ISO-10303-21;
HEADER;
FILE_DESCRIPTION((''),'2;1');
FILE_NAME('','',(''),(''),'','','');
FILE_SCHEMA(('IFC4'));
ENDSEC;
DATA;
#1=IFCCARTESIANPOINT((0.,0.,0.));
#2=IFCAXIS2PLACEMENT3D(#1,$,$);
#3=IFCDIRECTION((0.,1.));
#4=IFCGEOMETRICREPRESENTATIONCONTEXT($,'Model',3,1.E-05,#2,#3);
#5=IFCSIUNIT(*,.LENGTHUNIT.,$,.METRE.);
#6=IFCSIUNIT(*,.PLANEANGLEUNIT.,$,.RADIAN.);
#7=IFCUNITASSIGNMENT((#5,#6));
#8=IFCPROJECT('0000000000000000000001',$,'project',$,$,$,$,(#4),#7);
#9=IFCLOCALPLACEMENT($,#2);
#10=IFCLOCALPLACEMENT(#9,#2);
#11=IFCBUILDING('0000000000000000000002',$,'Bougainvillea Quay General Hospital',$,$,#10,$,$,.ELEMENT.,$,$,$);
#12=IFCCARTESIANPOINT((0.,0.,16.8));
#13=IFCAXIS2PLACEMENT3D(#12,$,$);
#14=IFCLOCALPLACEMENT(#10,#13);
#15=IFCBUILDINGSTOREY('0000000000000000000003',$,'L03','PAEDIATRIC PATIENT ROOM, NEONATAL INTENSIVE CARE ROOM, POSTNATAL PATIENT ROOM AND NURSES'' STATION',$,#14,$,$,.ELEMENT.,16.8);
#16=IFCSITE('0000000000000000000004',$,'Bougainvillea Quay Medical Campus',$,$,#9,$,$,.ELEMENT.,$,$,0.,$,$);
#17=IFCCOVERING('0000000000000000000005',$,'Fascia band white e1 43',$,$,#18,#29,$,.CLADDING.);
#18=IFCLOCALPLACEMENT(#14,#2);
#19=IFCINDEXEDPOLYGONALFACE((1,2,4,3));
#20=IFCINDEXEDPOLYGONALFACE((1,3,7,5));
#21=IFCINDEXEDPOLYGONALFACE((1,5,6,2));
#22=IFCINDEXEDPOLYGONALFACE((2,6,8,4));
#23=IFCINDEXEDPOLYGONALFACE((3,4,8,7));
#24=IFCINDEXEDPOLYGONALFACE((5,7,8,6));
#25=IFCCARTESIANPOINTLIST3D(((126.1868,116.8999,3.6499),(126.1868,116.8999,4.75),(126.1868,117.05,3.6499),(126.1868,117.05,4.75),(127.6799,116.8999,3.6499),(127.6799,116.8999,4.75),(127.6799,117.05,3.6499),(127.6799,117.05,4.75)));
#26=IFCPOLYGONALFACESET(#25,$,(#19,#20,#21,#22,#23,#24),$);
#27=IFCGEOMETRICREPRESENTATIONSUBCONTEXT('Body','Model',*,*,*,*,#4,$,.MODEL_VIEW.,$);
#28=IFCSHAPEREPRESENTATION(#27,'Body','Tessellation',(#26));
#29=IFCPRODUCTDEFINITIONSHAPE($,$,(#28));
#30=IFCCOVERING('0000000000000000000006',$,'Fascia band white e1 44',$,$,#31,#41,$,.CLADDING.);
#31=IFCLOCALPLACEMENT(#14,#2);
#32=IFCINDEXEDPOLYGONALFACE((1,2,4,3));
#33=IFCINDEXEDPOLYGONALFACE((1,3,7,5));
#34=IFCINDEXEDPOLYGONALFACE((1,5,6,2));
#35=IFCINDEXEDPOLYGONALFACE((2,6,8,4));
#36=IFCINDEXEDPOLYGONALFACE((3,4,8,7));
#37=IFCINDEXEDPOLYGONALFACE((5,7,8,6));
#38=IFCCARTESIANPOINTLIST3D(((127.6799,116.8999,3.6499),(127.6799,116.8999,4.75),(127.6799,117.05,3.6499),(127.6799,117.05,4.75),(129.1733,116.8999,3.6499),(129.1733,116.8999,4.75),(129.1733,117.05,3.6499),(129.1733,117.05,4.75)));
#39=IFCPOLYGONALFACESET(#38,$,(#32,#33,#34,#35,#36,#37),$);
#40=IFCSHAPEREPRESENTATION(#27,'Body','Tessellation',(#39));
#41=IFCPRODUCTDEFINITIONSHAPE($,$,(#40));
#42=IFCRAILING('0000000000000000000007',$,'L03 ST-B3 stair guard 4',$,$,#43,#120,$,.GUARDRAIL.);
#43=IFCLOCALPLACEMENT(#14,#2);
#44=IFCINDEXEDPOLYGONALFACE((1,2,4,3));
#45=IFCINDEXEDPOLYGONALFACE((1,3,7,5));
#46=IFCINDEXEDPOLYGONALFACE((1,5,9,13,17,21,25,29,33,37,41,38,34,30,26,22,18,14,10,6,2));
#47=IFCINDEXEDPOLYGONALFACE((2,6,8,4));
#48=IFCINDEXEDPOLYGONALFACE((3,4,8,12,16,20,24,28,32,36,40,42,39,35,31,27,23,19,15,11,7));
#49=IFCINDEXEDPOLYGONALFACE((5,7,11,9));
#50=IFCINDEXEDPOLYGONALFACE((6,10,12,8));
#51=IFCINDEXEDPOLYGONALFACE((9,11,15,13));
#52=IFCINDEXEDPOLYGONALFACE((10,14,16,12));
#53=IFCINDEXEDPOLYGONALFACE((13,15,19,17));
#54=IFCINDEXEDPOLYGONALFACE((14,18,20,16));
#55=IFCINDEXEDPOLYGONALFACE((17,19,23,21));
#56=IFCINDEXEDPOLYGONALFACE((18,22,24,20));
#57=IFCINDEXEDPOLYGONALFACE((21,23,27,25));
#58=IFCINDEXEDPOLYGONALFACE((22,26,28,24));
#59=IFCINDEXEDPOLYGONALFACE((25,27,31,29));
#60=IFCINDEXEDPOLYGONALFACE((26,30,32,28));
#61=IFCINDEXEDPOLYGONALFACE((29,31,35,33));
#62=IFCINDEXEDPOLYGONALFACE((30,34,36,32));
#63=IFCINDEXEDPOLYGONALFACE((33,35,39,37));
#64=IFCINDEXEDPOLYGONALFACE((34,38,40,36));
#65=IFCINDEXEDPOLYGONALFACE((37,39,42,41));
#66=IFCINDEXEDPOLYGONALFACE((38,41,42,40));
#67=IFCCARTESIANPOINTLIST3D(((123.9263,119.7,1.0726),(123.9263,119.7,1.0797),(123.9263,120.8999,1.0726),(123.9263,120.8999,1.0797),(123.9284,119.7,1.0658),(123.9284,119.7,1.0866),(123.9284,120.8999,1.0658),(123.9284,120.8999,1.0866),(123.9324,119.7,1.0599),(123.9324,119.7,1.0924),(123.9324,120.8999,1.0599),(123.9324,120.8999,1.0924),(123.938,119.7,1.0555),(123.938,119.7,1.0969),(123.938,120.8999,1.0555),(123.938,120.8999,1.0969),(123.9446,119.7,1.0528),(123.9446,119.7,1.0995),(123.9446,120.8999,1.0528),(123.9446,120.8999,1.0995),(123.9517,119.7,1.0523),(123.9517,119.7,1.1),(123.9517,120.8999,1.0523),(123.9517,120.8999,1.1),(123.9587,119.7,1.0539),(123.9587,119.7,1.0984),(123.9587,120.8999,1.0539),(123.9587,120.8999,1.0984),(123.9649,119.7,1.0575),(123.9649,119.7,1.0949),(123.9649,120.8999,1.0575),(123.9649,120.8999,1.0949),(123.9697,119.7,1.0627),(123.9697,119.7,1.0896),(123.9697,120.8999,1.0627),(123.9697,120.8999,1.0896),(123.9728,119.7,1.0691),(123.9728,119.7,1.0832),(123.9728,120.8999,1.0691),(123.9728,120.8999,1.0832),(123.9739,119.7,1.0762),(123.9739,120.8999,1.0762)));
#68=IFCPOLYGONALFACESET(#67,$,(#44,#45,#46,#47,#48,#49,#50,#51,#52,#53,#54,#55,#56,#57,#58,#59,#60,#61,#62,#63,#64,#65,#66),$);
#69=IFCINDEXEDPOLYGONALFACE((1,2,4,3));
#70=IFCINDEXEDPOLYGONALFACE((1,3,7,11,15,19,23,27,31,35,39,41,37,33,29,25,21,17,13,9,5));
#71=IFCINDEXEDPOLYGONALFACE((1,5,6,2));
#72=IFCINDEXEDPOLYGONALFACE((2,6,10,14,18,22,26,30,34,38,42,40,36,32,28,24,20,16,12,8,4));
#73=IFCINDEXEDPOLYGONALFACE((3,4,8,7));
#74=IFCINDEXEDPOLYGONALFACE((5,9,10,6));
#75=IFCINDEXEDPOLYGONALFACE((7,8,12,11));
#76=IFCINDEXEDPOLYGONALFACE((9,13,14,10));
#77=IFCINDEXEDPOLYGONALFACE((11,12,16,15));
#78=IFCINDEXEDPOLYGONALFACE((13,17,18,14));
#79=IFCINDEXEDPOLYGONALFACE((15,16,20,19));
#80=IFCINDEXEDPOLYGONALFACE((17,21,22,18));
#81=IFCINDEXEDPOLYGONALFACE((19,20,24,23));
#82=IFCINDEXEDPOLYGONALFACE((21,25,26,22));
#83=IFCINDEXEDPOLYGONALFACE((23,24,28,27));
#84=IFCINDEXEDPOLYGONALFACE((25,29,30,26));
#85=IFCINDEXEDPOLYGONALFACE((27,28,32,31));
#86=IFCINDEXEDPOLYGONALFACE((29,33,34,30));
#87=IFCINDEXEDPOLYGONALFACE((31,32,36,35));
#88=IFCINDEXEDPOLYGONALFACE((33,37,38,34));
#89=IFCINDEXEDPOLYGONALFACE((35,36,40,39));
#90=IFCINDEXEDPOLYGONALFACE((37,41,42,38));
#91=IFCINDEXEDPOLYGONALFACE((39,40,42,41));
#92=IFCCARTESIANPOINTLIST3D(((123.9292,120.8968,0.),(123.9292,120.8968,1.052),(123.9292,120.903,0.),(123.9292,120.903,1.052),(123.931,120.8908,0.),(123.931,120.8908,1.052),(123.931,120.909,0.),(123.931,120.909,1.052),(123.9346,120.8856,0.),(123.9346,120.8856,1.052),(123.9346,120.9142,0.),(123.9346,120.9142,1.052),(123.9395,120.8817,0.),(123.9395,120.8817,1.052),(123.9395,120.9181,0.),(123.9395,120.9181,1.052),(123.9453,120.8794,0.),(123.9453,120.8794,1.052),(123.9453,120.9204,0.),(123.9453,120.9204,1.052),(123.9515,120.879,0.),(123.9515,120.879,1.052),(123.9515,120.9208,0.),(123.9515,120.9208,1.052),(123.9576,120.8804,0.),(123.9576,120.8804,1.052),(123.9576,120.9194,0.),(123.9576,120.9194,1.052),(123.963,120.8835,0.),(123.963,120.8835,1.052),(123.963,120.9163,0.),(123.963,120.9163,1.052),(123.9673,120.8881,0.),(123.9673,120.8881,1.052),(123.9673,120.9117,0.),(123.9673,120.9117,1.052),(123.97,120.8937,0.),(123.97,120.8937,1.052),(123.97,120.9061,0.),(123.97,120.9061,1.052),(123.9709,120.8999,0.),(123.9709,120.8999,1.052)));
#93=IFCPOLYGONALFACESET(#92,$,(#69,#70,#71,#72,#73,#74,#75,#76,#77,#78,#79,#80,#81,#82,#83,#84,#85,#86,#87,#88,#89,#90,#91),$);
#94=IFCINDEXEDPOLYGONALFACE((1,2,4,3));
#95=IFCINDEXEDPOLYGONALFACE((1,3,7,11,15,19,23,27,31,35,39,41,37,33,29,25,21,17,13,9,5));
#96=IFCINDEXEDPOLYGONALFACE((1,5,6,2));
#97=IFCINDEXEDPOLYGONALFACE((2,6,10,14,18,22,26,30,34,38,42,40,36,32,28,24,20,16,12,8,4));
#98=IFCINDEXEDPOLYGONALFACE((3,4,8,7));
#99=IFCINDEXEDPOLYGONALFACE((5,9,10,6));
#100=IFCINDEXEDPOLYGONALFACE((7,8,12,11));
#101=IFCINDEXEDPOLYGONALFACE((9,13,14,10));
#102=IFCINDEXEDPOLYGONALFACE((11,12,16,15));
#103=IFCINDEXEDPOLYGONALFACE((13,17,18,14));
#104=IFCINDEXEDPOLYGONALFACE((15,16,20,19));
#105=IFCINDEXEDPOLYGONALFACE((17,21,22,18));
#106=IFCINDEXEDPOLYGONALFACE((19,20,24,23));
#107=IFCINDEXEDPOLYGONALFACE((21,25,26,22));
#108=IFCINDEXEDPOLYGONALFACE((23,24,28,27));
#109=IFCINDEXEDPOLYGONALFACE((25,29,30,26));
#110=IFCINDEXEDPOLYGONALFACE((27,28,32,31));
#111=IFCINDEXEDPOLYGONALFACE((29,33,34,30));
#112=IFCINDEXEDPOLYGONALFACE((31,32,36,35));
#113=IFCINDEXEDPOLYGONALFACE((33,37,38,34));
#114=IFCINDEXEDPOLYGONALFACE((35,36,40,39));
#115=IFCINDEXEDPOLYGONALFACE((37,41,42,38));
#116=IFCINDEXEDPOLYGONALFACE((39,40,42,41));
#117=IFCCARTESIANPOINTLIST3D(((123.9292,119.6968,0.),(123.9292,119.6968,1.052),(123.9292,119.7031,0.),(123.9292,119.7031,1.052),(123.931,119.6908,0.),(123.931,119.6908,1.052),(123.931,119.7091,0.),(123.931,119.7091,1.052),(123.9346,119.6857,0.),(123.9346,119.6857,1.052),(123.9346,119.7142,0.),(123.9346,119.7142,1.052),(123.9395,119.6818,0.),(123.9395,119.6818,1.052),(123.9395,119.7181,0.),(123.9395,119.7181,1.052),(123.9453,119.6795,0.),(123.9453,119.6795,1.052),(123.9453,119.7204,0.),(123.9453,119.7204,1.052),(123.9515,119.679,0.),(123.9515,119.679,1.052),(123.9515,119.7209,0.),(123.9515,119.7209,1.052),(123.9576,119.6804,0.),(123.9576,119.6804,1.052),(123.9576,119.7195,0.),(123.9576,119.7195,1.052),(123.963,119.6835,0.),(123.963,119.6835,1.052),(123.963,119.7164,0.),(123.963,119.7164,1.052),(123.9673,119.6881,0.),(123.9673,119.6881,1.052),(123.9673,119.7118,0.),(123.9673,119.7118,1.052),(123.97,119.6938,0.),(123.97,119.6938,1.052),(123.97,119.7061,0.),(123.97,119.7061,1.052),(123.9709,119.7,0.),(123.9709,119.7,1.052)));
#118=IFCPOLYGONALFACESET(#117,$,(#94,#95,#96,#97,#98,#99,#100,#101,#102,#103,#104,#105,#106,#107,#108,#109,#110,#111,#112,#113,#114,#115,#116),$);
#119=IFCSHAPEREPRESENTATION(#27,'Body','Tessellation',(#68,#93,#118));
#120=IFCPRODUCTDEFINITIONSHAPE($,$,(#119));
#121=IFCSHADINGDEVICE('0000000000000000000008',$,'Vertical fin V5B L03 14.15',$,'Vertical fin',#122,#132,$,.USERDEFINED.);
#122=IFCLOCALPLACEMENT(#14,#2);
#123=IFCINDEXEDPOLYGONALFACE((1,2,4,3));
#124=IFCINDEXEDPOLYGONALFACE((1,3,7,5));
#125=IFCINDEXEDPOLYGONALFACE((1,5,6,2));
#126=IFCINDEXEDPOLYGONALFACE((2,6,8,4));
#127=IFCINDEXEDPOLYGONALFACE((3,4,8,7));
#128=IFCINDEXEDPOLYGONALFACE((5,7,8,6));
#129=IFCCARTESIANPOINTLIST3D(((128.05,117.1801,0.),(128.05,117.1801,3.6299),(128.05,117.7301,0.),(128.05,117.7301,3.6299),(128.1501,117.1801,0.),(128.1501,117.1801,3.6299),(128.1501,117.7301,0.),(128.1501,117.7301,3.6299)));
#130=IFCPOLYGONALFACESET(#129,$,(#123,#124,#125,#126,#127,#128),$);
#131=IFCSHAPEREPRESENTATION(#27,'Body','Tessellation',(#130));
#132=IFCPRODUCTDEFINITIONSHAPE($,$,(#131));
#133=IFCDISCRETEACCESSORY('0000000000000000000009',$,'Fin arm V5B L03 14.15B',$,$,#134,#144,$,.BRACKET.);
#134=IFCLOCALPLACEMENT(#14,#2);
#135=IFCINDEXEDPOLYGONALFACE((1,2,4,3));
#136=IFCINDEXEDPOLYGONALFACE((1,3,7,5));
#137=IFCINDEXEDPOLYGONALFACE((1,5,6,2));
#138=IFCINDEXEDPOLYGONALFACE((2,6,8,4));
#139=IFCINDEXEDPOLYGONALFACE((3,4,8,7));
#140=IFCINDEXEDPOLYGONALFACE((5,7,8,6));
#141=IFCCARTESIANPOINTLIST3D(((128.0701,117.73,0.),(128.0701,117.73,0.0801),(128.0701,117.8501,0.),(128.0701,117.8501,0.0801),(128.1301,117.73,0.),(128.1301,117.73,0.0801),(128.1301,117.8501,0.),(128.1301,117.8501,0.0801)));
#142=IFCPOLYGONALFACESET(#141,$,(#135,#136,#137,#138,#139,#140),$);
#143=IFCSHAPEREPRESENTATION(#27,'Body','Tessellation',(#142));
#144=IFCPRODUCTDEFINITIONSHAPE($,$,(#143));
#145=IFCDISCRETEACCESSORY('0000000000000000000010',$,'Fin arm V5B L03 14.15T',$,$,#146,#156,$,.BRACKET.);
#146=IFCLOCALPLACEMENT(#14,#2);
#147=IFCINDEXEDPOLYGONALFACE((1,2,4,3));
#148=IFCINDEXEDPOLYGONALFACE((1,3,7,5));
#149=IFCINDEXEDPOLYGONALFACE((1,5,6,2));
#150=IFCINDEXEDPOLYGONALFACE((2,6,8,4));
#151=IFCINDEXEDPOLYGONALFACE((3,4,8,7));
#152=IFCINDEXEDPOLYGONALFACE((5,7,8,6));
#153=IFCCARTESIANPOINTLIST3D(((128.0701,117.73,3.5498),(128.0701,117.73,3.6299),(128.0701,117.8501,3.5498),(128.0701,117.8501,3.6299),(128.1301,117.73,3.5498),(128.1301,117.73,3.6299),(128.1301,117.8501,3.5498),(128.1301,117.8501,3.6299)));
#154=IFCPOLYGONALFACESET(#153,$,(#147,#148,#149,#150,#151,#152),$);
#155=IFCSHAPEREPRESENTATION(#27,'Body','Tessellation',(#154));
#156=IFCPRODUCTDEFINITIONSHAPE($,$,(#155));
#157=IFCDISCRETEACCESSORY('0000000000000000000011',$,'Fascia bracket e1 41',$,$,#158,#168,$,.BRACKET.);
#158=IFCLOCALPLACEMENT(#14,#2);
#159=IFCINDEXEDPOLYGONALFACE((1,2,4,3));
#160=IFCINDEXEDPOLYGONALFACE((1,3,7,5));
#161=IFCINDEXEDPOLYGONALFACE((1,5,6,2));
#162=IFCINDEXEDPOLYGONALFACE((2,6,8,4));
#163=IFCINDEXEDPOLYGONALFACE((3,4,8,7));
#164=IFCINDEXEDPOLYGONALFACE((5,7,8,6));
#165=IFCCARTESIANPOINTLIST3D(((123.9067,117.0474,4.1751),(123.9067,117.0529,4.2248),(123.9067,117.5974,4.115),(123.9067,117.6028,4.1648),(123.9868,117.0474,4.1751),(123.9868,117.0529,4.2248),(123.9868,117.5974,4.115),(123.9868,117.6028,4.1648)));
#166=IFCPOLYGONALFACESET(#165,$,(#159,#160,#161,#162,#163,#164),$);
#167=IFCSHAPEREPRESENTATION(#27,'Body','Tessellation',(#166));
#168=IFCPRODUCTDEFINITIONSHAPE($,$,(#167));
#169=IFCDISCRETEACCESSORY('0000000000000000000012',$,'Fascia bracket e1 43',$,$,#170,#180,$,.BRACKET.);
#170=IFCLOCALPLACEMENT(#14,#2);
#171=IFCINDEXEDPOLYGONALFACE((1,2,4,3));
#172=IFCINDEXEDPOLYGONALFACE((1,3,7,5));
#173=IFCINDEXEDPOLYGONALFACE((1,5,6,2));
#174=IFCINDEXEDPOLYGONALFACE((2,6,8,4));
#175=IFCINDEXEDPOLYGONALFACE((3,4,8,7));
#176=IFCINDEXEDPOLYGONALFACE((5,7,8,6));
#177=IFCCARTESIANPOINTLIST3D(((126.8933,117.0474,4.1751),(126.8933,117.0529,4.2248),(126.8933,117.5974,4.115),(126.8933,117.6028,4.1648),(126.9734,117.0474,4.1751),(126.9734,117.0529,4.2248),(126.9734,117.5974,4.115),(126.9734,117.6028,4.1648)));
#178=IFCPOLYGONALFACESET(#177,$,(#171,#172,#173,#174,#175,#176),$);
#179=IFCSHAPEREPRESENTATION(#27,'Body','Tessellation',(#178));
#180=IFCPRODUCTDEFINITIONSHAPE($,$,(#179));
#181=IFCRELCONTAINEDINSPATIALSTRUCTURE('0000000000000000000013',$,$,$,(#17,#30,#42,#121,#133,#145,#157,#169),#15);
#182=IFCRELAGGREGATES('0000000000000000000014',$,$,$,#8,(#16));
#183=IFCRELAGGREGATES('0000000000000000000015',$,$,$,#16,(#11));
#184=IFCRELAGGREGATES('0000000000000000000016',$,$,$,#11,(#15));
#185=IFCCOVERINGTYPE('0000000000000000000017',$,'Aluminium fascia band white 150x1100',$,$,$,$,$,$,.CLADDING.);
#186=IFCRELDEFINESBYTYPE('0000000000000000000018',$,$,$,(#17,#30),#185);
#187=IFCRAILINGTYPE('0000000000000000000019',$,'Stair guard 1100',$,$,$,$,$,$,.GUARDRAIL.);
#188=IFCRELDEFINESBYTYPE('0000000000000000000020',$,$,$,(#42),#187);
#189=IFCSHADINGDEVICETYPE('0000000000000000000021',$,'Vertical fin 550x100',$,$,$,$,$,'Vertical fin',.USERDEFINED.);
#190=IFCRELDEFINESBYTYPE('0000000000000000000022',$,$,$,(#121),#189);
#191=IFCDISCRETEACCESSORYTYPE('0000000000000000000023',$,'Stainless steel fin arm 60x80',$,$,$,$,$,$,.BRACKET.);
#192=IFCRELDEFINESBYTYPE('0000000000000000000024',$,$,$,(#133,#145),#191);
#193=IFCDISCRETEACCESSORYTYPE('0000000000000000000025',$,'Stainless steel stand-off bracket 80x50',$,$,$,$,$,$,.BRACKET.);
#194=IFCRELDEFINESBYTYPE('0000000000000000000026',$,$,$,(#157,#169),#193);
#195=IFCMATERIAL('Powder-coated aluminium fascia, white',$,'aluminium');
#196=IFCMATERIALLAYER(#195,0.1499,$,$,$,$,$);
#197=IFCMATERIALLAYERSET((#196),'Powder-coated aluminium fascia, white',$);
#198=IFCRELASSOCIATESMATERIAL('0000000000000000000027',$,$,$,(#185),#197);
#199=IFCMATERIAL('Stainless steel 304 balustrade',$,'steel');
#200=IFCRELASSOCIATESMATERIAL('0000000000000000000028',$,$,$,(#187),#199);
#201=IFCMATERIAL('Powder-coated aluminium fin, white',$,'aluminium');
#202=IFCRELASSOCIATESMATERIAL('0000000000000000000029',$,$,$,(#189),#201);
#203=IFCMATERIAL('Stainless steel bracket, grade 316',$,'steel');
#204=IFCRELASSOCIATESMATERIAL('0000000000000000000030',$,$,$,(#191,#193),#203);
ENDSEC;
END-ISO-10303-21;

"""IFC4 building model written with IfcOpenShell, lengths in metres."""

from ifc_helpers import new_model, si_unit, direction, frame, origin, origin_2d, place, context, subcontext, project, spatial, polyline, rectangle, circle, outline, extrude, material, layer, layer_set, material_profile, profile_set, type_object, element, save


model = new_model("IFC4")

# Units and contexts
model_context = context("Model", 3, precision=1e-05, world=origin(), true_north=direction((0.0, 1.0)))
body_context = subcontext(model_context, "Body", "Model", "MODEL_VIEW")
ifc_project = project(units=[si_unit("LENGTHUNIT", "METRE"), si_unit("PLANEANGLEUNIT", "RADIAN")], contexts=[model_context])

# Site, building, storey
site_placement = place(None, origin())
site = spatial("IfcSite", under=ifc_project, at=site_placement, Name="Bougainvillea Quay Medical Campus", CompositionType="ELEMENT", RefElevation=0.0)
building_placement = place(site_placement, origin())
building = spatial("IfcBuilding", under=site, at=building_placement, Name="Bougainvillea Quay General Hospital", CompositionType="ELEMENT")
storey_placement = place(building_placement, frame((0.0, 0.0, 16.8)))
storey = spatial("IfcBuildingStorey", under=building, at=storey_placement, Name="L03", Description="PAEDIATRIC PATIENT ROOM, NEONATAL INTENSIVE CARE ROOM, POSTNATAL PATIENT ROOM AND NURSES' STATION", CompositionType="ELEMENT", Elevation=16.8)

# Coverings
ifc_material_1 = material(Name="Powder-coated aluminium fascia, white", Category="aluminium")
ifc_layer_1 = layer(ifc_material_1, 0.1499)
ifc_layer_set_1 = layer_set([ifc_layer_1], Name="Powder-coated aluminium fascia, white")
covering_type = type_object("IfcCoveringType", Name="Aluminium fascia band white 150x1100", PredefinedType="CLADDING", material=ifc_layer_set_1)
covering_1_placement = place(storey_placement, frame((126.1868, 117.05, 3.6499), z_axis=(0.0, 0.0, 1.0), x_axis=(1.0, 0.0, 0.0)))
element("IfcCovering", 1, at=covering_1_placement, inside=storey, type_object=covering_type, Name="Fascia band white e1 43", PredefinedType="CLADDING", context=body_context, shape_type="SweptSolid", body=[
    extrude(outline(polyline([(0.0, 0.0), (1.4932, 0.0), (1.4932, -0.1501), (0.0, -0.1501), (0.0, 0.0)])), origin(), (0.0, 0.0, 1.0), 1.1001),
])
covering_2_placement = place(storey_placement, frame((127.6799, 117.05, 3.6499), z_axis=(0.0, 0.0, 1.0), x_axis=(1.0, 0.0, 0.0)))
element("IfcCovering", 2, at=covering_2_placement, inside=storey, type_object=covering_type, Name="Fascia band white e1 44", PredefinedType="CLADDING", context=body_context, shape_type="SweptSolid", body=[
    extrude(outline(polyline([(0.0, 0.0), (1.4934, 0.0), (1.4934, -0.1501), (0.0, -0.1501), (0.0, 0.0)])), origin(), (0.0, 0.0, 1.0), 1.1001),
])

# Railing
ifc_material_2 = material(Name="Stainless steel 304 balustrade", Category="steel")
railing_type = type_object("IfcRailingType", Name="Stair guard 1100", PredefinedType="GUARDRAIL", material=ifc_material_2)
railing_placement = place(storey_placement, frame((123.95, 120.8999, 0.0)))
element("IfcRailing", 3, at=railing_placement, inside=storey, type_object=railing_type, Name="L03 ST-B3 stair guard 4", PredefinedType="GUARDRAIL", context=body_context, shape_type="SweptSolid", body=[
    extrude(circle(Radius=0.0239, at=origin_2d()), frame((0.0, 0.0, 1.0762), z_axis=(0.0, -1.0, 0.0), x_axis=(1.0, 0.0, 0.0)), (0.0, 0.0, 1.0), 1.2),
    extrude(circle(Radius=0.021, at=origin_2d()), origin(), (0.0, 0.0, 1.0), 1.052),
    extrude(circle(Radius=0.021, at=origin_2d()), frame((0.0, -1.2, 0.0)), (0.0, 0.0, 1.0), 1.052),
])

# Shading device
ifc_material_3 = material(Name="Powder-coated aluminium fin, white", Category="aluminium")
ifc_material_profile_1 = material_profile(ifc_material_3, rectangle(XDim=0.55, YDim=0.1001, at=origin_2d()))
ifc_profile_set_1 = profile_set([ifc_material_profile_1], Name="Powder-coated aluminium fin, white")
shading_device_type = type_object("IfcShadingDeviceType", Name="Vertical fin 550x100", ElementType="Vertical fin", PredefinedType="USERDEFINED", material=ifc_profile_set_1)
shading_device_placement = place(storey_placement, frame((128.1001, 117.4551, 0.0), z_axis=(0.0, 0.0, 1.0), x_axis=(0.0, -1.0, 0.0)))
element("IfcShadingDevice", 4, at=shading_device_placement, inside=storey, type_object=shading_device_type, Name="Vertical fin V5B L03 14.15", ObjectType="Vertical fin", PredefinedType="USERDEFINED", context=body_context, shape_type="SweptSolid", body=[
    extrude(rectangle(XDim=0.55, YDim=0.1001, at=origin_2d()), origin(), (0.0, 0.0, 1.0), 3.6299),
])

# Discrete accessories
ifc_material_4 = material(Name="Stainless steel bracket, grade 316", Category="steel")
discrete_accessory_type_1 = type_object("IfcDiscreteAccessoryType", Name="Stainless steel fin arm 60x80", PredefinedType="BRACKET", material=ifc_material_4)
for number, where, z_axis, x_axis, name in (
    (5, (128.1001, 117.79, 0.0), (0.0, 0.0, 1.0), (0.0, -1.0, 0.0), "Fin arm V5B L03 14.15B"),
    (6, (128.1001, 117.79, 3.5498), (0.0, 0.0, 1.0), (0.0, -1.0, 0.0), "Fin arm V5B L03 14.15T"),
):
    element("IfcDiscreteAccessory", number, at=place(storey_placement, frame(where, z_axis=z_axis, x_axis=x_axis)), inside=storey, type_object=discrete_accessory_type_1, Name=name, PredefinedType="BRACKET", context=body_context, shape_type="SweptSolid", body=[
        extrude(rectangle(XDim=0.1201, YDim=0.0601, at=origin_2d()), origin(), (0.0, 0.0, 1.0), 0.0801),
    ])
ifc_material_profile_2 = material_profile(ifc_material_4, rectangle(XDim=0.0801, YDim=0.05, at=origin_2d()))
ifc_profile_set_2 = profile_set([ifc_material_profile_2], Name="Stainless steel bracket, grade 316")
discrete_accessory_type_2 = type_object("IfcDiscreteAccessoryType", Name="Stainless steel stand-off bracket 80x50", PredefinedType="BRACKET", material=ifc_profile_set_2)
for number, where, z_axis, x_axis, name in (
    (7, (123.9468, 117.6001, 4.1399), (0.0, -0.994092, 0.108543), (1.0, 0.0, 0.0), "Fascia bracket e1 41"),
    (8, (126.9333, 117.6001, 4.1399), (0.0, -0.994092, 0.108543), (1.0, 0.0, 0.0), "Fascia bracket e1 43"),
):
    element("IfcDiscreteAccessory", number, at=place(storey_placement, frame(where, z_axis=z_axis, x_axis=x_axis)), inside=storey, type_object=discrete_accessory_type_2, Name=name, PredefinedType="BRACKET", context=body_context, shape_type="SweptSolid", body=[
        extrude(rectangle(XDim=0.0801, YDim=0.05, at=origin_2d()), origin(), (0.0, 0.0, 1.0), 0.5532),
    ])

save(model, "model.ifc")
